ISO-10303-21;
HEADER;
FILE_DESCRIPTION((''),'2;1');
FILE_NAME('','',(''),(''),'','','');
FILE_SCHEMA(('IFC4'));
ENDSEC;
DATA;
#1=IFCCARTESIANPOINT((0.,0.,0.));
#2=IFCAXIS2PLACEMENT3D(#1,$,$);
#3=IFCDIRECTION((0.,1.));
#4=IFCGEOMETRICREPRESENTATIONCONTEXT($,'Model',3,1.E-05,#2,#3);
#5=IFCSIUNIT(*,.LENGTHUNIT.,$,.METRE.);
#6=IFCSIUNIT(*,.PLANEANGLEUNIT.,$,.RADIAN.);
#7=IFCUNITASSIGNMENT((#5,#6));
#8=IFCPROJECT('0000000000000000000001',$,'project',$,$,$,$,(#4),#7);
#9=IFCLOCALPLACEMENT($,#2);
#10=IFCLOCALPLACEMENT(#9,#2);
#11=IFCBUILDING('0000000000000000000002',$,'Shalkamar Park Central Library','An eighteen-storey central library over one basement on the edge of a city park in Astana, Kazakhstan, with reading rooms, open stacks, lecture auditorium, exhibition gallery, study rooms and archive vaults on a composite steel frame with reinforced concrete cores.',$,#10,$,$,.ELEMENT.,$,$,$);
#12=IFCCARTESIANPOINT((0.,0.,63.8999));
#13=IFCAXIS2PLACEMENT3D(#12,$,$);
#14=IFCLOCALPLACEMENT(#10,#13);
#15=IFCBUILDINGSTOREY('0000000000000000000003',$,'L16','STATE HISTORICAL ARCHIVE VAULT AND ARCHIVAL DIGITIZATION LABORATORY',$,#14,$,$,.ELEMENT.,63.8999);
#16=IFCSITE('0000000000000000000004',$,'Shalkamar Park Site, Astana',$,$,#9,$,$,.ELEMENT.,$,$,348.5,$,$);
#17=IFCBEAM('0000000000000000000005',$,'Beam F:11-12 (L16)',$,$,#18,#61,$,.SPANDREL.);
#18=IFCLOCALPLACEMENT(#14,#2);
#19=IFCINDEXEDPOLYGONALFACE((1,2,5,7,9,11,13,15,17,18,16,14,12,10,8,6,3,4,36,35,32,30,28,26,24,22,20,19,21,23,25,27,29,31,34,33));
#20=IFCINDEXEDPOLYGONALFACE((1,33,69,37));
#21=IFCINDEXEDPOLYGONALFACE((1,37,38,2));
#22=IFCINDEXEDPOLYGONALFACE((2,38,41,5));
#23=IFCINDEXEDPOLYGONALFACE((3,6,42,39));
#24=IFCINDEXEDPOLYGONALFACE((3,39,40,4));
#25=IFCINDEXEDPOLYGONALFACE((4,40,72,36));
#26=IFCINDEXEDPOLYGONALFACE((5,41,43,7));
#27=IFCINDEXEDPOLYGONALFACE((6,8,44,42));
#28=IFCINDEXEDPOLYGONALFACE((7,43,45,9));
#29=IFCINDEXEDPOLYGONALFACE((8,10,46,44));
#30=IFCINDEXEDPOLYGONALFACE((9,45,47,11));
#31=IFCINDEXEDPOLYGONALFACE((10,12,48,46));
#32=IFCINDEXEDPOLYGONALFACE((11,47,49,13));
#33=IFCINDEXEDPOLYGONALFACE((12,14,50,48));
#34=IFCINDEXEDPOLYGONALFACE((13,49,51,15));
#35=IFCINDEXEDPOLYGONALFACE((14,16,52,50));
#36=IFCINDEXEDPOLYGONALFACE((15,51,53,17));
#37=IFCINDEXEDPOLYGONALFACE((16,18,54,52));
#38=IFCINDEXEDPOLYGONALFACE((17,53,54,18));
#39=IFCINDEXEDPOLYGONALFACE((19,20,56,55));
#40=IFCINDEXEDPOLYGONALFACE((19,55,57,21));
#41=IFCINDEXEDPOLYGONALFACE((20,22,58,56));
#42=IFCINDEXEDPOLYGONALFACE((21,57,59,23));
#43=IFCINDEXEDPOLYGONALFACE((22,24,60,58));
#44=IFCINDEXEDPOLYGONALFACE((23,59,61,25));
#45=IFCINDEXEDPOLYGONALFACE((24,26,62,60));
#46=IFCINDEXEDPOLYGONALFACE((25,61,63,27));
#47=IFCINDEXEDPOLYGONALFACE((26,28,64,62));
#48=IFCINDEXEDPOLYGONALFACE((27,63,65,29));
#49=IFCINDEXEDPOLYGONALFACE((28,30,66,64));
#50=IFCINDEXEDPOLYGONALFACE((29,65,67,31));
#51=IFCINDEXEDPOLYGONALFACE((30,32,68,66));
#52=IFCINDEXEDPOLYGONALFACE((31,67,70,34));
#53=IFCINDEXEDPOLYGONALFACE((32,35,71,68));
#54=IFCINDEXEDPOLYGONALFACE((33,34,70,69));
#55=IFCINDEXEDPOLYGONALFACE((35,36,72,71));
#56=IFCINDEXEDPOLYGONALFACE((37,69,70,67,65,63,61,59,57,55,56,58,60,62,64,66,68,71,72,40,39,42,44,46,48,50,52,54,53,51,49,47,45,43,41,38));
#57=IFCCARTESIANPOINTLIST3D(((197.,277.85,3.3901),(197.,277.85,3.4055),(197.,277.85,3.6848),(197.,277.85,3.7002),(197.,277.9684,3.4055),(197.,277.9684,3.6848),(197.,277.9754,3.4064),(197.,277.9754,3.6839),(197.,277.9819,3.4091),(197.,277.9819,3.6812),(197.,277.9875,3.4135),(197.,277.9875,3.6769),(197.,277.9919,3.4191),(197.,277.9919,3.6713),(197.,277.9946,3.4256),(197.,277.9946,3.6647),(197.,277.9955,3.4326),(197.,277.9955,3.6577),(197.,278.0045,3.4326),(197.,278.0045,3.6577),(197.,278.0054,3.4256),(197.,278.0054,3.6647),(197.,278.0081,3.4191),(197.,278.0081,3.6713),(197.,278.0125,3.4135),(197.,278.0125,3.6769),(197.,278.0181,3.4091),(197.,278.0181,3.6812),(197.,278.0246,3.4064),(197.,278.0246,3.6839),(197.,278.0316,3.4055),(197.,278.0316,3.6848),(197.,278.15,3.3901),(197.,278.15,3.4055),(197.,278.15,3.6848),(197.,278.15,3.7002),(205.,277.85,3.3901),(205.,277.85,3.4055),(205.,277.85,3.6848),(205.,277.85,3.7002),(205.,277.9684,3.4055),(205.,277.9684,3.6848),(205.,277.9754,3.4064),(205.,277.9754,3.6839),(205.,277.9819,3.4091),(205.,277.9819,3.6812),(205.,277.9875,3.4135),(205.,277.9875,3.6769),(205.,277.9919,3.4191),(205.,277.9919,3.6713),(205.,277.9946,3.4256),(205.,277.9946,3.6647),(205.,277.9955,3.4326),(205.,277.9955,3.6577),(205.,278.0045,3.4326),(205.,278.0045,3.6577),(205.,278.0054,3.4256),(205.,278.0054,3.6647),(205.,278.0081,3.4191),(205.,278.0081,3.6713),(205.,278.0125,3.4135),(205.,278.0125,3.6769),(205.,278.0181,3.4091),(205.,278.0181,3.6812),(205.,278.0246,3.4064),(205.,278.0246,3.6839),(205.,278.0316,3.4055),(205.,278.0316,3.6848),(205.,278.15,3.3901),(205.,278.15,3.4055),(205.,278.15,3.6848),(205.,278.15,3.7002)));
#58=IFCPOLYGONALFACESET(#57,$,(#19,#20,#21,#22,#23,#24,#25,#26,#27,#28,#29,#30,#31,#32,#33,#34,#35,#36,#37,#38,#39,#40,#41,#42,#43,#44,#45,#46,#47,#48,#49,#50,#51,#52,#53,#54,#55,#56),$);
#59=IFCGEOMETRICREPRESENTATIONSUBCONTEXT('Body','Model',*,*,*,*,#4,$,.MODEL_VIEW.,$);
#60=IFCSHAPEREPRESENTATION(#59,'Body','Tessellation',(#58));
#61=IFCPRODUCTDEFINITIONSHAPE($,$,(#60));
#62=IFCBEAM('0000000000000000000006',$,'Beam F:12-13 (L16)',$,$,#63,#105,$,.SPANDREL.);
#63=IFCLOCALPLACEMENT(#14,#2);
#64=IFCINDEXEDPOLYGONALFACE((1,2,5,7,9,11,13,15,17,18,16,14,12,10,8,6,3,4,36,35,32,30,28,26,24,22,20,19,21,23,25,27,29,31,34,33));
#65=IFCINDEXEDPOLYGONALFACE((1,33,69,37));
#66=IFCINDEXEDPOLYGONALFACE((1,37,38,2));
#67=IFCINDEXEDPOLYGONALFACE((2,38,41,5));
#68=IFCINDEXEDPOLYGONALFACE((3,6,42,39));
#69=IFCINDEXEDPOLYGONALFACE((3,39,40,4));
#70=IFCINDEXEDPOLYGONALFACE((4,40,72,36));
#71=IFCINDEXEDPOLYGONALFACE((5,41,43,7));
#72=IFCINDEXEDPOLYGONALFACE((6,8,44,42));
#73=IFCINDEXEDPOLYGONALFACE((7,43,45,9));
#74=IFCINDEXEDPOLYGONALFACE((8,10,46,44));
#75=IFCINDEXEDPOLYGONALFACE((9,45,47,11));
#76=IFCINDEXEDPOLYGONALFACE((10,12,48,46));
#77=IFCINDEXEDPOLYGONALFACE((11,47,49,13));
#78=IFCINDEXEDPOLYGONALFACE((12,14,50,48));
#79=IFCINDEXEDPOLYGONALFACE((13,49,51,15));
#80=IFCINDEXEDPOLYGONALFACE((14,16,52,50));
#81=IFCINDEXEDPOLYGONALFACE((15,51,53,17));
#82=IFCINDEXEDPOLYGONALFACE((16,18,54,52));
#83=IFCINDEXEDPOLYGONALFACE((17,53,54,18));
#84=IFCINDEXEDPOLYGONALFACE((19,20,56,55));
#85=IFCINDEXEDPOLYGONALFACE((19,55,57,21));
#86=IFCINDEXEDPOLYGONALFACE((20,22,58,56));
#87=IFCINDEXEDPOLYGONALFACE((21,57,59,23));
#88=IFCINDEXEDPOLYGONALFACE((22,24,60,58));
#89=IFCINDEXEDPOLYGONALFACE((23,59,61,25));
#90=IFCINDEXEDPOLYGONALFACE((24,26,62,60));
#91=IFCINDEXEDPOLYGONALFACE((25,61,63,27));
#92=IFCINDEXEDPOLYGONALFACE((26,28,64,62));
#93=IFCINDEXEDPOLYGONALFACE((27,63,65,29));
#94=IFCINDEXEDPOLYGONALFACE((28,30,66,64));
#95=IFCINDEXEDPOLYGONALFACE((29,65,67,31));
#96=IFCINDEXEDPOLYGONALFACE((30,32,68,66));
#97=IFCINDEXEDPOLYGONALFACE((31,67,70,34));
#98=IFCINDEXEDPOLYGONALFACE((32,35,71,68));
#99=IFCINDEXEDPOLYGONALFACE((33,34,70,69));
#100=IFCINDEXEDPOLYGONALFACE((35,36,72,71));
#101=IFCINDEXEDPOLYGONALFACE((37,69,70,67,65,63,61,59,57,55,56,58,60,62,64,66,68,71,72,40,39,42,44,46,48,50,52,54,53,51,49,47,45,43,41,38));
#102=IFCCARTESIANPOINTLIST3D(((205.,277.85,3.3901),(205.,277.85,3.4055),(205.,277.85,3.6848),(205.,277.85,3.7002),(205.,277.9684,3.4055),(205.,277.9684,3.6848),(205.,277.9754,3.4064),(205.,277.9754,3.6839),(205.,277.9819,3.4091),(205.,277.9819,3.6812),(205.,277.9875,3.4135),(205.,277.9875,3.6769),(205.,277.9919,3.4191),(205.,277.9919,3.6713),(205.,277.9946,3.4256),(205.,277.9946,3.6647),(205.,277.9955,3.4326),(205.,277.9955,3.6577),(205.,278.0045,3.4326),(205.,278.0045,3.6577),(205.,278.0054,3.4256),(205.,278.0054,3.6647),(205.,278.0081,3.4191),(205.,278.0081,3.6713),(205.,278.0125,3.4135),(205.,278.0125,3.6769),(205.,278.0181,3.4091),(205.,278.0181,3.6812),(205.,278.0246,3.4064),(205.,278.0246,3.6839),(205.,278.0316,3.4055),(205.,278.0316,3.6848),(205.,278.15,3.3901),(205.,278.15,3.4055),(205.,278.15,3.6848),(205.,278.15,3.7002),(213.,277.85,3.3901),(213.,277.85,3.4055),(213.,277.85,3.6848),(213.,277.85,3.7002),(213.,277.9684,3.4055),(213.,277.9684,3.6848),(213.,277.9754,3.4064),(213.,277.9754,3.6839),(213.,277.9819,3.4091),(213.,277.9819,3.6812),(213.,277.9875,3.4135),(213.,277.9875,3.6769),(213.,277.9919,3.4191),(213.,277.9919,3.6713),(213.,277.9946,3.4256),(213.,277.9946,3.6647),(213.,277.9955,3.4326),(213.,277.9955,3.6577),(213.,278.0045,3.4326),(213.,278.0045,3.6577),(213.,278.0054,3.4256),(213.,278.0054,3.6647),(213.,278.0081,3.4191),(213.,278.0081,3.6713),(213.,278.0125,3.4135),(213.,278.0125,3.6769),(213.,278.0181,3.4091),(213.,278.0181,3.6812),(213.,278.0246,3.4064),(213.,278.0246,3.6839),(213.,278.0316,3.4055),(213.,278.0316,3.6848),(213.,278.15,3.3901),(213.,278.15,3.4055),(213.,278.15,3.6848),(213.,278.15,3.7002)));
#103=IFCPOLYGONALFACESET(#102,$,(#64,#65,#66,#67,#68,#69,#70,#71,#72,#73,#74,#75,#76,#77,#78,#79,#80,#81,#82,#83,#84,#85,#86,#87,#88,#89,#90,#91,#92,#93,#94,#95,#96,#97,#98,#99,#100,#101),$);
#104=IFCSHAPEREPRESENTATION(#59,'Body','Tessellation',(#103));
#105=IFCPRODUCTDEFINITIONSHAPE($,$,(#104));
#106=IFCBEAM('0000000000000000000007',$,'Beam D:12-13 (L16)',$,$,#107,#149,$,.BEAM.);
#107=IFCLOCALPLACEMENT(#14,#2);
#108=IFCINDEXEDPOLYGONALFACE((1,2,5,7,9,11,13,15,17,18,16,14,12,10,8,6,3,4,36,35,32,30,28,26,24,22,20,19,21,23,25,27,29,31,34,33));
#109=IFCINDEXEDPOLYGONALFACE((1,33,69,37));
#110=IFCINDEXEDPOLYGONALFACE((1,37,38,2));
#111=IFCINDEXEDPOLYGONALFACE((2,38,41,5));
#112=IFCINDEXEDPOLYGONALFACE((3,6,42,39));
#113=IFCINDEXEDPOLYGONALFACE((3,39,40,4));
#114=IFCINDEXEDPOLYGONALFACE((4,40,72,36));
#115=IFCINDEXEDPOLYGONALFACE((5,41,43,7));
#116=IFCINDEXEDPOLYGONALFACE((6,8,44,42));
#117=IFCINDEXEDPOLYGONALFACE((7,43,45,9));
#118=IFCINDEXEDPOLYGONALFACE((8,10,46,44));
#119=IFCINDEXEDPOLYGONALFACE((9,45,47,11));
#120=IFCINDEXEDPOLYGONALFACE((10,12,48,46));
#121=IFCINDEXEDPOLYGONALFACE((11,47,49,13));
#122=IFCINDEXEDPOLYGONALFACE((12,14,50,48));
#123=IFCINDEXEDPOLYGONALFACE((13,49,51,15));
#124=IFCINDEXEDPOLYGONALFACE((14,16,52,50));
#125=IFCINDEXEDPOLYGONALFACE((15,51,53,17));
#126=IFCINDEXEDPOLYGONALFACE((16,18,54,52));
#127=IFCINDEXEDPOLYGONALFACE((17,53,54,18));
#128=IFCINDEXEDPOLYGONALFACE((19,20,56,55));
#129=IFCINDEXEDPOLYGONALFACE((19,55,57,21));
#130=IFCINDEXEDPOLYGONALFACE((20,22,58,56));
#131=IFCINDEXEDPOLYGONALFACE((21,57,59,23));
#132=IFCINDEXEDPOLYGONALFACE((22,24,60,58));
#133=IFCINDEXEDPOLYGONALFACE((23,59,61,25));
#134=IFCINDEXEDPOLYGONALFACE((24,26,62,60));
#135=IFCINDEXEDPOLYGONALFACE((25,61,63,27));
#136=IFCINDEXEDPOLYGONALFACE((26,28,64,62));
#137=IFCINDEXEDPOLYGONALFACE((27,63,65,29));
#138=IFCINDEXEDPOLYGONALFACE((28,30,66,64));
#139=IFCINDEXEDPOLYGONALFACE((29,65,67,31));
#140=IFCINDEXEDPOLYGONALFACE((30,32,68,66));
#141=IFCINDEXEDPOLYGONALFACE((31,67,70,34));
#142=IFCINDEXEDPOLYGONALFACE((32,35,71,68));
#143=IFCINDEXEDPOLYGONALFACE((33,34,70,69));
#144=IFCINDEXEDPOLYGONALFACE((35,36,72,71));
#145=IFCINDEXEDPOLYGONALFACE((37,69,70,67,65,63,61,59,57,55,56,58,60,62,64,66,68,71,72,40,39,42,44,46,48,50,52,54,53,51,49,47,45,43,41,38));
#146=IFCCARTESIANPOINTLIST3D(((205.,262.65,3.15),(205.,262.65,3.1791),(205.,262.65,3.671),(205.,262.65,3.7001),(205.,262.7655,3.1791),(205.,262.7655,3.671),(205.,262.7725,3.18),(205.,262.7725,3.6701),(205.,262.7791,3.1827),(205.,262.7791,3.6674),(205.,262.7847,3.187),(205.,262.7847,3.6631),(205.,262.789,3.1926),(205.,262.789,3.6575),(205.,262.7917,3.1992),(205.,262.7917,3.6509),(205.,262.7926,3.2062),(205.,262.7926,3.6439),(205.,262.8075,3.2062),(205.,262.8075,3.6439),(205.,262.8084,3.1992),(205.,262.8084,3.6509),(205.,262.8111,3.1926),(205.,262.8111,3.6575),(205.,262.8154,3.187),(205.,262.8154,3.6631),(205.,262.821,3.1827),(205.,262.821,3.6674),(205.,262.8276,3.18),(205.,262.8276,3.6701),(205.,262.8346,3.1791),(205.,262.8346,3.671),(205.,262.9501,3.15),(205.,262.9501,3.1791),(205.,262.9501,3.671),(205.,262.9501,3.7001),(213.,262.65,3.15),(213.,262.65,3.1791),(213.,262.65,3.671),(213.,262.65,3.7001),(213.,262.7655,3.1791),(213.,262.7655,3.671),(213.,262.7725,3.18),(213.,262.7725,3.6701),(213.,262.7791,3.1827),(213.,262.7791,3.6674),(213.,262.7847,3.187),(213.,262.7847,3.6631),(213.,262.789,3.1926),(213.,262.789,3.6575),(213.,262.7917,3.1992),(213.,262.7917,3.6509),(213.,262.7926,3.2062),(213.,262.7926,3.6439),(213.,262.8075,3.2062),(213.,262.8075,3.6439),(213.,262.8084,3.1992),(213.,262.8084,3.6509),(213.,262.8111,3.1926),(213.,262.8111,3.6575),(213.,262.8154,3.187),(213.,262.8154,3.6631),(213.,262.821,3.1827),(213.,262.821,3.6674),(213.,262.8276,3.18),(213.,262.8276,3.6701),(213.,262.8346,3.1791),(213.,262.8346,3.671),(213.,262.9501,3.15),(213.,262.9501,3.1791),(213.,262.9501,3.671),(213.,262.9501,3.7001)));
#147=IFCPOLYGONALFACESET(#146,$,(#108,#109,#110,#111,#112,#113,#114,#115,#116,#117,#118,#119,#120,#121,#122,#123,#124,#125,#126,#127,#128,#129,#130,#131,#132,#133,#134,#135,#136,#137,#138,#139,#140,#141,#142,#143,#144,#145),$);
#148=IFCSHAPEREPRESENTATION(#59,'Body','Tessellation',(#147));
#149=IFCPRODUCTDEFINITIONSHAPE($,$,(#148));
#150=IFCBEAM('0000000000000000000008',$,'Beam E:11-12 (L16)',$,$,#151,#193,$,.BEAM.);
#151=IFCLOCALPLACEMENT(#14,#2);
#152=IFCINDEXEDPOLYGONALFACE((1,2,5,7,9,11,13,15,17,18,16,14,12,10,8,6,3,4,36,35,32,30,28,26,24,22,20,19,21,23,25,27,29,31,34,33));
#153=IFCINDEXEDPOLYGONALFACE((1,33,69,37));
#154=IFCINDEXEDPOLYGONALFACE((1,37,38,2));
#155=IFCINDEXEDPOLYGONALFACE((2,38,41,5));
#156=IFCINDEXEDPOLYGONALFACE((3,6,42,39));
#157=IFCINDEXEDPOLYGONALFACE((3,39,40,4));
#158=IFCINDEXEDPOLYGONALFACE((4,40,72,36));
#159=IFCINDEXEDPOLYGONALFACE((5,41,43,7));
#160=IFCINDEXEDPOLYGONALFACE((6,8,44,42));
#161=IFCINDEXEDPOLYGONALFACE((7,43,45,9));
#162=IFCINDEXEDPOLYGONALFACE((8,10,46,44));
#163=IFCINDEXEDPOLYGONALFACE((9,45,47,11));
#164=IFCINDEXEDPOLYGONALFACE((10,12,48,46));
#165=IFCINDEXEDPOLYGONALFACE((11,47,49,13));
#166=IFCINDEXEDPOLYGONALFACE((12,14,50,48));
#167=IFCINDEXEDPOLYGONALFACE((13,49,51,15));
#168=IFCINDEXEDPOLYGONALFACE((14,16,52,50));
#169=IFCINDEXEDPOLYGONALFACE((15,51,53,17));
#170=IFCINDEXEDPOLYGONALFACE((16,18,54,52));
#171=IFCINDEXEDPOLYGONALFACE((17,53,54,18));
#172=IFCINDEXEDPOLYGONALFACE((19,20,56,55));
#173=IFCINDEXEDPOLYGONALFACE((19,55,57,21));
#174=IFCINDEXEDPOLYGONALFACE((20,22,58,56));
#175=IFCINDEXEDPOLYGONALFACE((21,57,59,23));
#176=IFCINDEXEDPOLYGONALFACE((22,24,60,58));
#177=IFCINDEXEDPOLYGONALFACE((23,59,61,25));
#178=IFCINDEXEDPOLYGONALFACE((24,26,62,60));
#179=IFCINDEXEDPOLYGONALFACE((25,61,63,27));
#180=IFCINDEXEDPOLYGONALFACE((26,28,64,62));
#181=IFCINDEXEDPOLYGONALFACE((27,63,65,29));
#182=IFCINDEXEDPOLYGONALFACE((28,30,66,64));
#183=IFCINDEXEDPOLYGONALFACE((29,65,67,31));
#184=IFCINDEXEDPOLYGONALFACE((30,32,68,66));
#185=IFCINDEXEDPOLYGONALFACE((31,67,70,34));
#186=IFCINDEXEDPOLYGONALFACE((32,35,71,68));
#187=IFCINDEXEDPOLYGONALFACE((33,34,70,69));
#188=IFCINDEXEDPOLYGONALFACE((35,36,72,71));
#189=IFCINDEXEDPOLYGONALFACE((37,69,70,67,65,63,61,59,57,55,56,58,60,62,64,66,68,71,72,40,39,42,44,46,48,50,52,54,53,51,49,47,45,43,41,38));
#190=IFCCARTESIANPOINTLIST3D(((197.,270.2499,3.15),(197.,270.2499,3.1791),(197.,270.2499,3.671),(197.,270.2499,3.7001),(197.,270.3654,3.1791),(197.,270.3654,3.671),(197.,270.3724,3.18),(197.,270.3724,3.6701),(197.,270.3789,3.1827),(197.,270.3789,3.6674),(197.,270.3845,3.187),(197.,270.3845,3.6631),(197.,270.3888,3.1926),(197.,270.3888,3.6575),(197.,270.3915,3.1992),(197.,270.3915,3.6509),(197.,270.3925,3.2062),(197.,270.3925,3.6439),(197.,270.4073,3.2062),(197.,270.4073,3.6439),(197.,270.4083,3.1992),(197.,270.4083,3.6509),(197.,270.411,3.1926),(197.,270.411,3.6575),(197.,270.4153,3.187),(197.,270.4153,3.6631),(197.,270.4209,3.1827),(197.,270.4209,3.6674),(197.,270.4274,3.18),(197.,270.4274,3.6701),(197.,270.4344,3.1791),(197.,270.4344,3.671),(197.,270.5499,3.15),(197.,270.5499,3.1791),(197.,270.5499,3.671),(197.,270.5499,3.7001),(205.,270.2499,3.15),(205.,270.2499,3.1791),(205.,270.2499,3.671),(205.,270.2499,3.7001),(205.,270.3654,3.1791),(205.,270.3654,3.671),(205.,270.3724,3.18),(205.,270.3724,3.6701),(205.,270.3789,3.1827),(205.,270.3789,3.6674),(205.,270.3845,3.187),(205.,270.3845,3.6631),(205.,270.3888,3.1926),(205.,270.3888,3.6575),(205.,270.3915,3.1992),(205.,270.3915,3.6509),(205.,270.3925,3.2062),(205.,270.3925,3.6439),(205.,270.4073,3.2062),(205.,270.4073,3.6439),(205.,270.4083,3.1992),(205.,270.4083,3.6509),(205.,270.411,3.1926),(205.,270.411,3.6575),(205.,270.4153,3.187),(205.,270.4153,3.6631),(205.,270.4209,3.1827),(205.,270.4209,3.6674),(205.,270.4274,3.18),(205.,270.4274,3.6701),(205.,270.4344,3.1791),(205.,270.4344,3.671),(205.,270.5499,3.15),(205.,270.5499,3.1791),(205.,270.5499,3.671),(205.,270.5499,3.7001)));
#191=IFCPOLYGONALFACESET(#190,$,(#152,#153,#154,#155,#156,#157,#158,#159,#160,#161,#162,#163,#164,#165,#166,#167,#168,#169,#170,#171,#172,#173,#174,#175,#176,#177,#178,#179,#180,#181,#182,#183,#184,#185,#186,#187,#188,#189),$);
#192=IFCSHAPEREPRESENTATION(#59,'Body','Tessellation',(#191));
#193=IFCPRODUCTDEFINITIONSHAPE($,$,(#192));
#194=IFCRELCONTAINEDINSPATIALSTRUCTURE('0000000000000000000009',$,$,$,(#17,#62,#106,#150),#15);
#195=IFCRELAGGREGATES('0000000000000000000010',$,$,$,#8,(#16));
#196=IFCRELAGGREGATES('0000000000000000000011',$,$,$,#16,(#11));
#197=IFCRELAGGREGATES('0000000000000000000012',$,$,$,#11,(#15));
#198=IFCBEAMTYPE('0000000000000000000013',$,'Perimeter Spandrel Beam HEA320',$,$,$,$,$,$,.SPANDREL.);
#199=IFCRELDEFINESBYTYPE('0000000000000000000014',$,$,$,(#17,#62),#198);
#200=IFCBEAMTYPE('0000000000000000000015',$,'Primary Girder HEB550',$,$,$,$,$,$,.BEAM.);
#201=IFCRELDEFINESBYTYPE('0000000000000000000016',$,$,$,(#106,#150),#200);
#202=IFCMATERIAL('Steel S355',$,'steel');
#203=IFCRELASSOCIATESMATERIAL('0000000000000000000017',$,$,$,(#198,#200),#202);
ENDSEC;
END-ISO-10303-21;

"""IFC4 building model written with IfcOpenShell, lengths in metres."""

from ifc_helpers import new_model, si_unit, direction, frame, origin, origin_2d, place, context, subcontext, project, spatial, i_section, extrude, material, material_profile, profile_set, type_object, element, save


model = new_model("IFC4")

# Units and contexts
model_context = context("Model", 3, precision=1e-05, world=origin(), true_north=direction((0.0, 1.0)))
body_context = subcontext(model_context, "Body", "Model", "MODEL_VIEW")
ifc_project = project(units=[si_unit("LENGTHUNIT", "METRE"), si_unit("PLANEANGLEUNIT", "RADIAN")], contexts=[model_context])

# Site, building, storey
site_placement = place(None, origin())
site = spatial("IfcSite", under=ifc_project, at=site_placement, Name="Shalkamar Park Site, Astana", CompositionType="ELEMENT", RefElevation=348.5)
building_placement = place(site_placement, origin())
building = spatial("IfcBuilding", under=site, at=building_placement, Name="Shalkamar Park Central Library", Description="An eighteen-storey central library over one basement on the edge of a city park in Astana, Kazakhstan, with reading rooms, open stacks, lecture auditorium, exhibition gallery, study rooms and archive vaults on a composite steel frame with reinforced concrete cores.", CompositionType="ELEMENT")
storey_placement = place(building_placement, frame((0.0, 0.0, 63.8999)))
storey = spatial("IfcBuildingStorey", under=building, at=storey_placement, Name="L16", Description="STATE HISTORICAL ARCHIVE VAULT AND ARCHIVAL DIGITIZATION LABORATORY", CompositionType="ELEMENT", Elevation=63.8999)

# Shared definitions
ifc_material_1 = material(Name="Steel S355", Category="steel")

# Beams
ifc_material_profile_1 = material_profile(ifc_material_1, i_section(OverallWidth=0.3, OverallDepth=0.3101, WebThickness=0.009, FlangeThickness=0.0154, FilletRadius=0.0271, at=origin_2d()), Name="HEA 320")
ifc_profile_set_1 = profile_set([ifc_material_profile_1], Name="Steel S355")
beam_type_1 = type_object("IfcBeamType", Name="Perimeter Spandrel Beam HEA320", PredefinedType="SPANDREL", material=ifc_profile_set_1)
for number, where, z_axis, x_axis, name in (
    (1, (197.0, 278.0, 3.5452), (1.0, 0.0, 0.0), (0.0, 1.0, 0.0), "Beam F:11-12 (L16)"),
    (2, (205.0, 278.0, 3.5452), (1.0, 0.0, 0.0), (0.0, 1.0, 0.0), "Beam F:12-13 (L16)"),
):
    element("IfcBeam", number, at=place(storey_placement, frame(where, z_axis=z_axis, x_axis=x_axis)), inside=storey, type_object=beam_type_1, Name=name, PredefinedType="SPANDREL", context=body_context, shape_type="SweptSolid", body=[
        extrude(i_section(OverallWidth=0.3, OverallDepth=0.3101, WebThickness=0.009, FlangeThickness=0.0154, FilletRadius=0.0271, at=origin_2d()), origin(), (0.0, 0.0, 1.0), 8.0),
    ])
ifc_material_profile_2 = material_profile(ifc_material_1, i_section(OverallWidth=0.3, OverallDepth=0.55, WebThickness=0.0149, FlangeThickness=0.0291, FilletRadius=0.0271, at=origin_2d()), Name="HEB 550")
ifc_profile_set_2 = profile_set([ifc_material_profile_2], Name="Steel S355")
beam_type_2 = type_object("IfcBeamType", Name="Primary Girder HEB550", PredefinedType="BEAM", material=ifc_profile_set_2)
for number, where, z_axis, x_axis, name in (
    (3, (205.0, 262.8, 3.425), (1.0, 0.0, 0.0), (0.0, 1.0, 0.0), "Beam D:12-13 (L16)"),
    (4, (197.0, 270.3999, 3.425), (1.0, 0.0, 0.0), (0.0, 1.0, 0.0), "Beam E:11-12 (L16)"),
):
    element("IfcBeam", number, at=place(storey_placement, frame(where, z_axis=z_axis, x_axis=x_axis)), inside=storey, type_object=beam_type_2, Name=name, PredefinedType="BEAM", context=body_context, shape_type="SweptSolid", body=[
        extrude(i_section(OverallWidth=0.3, OverallDepth=0.55, WebThickness=0.0149, FlangeThickness=0.0291, FilletRadius=0.0271, at=origin_2d()), origin(), (0.0, 0.0, 1.0), 8.0),
    ])

save(model, "model.ifc")
